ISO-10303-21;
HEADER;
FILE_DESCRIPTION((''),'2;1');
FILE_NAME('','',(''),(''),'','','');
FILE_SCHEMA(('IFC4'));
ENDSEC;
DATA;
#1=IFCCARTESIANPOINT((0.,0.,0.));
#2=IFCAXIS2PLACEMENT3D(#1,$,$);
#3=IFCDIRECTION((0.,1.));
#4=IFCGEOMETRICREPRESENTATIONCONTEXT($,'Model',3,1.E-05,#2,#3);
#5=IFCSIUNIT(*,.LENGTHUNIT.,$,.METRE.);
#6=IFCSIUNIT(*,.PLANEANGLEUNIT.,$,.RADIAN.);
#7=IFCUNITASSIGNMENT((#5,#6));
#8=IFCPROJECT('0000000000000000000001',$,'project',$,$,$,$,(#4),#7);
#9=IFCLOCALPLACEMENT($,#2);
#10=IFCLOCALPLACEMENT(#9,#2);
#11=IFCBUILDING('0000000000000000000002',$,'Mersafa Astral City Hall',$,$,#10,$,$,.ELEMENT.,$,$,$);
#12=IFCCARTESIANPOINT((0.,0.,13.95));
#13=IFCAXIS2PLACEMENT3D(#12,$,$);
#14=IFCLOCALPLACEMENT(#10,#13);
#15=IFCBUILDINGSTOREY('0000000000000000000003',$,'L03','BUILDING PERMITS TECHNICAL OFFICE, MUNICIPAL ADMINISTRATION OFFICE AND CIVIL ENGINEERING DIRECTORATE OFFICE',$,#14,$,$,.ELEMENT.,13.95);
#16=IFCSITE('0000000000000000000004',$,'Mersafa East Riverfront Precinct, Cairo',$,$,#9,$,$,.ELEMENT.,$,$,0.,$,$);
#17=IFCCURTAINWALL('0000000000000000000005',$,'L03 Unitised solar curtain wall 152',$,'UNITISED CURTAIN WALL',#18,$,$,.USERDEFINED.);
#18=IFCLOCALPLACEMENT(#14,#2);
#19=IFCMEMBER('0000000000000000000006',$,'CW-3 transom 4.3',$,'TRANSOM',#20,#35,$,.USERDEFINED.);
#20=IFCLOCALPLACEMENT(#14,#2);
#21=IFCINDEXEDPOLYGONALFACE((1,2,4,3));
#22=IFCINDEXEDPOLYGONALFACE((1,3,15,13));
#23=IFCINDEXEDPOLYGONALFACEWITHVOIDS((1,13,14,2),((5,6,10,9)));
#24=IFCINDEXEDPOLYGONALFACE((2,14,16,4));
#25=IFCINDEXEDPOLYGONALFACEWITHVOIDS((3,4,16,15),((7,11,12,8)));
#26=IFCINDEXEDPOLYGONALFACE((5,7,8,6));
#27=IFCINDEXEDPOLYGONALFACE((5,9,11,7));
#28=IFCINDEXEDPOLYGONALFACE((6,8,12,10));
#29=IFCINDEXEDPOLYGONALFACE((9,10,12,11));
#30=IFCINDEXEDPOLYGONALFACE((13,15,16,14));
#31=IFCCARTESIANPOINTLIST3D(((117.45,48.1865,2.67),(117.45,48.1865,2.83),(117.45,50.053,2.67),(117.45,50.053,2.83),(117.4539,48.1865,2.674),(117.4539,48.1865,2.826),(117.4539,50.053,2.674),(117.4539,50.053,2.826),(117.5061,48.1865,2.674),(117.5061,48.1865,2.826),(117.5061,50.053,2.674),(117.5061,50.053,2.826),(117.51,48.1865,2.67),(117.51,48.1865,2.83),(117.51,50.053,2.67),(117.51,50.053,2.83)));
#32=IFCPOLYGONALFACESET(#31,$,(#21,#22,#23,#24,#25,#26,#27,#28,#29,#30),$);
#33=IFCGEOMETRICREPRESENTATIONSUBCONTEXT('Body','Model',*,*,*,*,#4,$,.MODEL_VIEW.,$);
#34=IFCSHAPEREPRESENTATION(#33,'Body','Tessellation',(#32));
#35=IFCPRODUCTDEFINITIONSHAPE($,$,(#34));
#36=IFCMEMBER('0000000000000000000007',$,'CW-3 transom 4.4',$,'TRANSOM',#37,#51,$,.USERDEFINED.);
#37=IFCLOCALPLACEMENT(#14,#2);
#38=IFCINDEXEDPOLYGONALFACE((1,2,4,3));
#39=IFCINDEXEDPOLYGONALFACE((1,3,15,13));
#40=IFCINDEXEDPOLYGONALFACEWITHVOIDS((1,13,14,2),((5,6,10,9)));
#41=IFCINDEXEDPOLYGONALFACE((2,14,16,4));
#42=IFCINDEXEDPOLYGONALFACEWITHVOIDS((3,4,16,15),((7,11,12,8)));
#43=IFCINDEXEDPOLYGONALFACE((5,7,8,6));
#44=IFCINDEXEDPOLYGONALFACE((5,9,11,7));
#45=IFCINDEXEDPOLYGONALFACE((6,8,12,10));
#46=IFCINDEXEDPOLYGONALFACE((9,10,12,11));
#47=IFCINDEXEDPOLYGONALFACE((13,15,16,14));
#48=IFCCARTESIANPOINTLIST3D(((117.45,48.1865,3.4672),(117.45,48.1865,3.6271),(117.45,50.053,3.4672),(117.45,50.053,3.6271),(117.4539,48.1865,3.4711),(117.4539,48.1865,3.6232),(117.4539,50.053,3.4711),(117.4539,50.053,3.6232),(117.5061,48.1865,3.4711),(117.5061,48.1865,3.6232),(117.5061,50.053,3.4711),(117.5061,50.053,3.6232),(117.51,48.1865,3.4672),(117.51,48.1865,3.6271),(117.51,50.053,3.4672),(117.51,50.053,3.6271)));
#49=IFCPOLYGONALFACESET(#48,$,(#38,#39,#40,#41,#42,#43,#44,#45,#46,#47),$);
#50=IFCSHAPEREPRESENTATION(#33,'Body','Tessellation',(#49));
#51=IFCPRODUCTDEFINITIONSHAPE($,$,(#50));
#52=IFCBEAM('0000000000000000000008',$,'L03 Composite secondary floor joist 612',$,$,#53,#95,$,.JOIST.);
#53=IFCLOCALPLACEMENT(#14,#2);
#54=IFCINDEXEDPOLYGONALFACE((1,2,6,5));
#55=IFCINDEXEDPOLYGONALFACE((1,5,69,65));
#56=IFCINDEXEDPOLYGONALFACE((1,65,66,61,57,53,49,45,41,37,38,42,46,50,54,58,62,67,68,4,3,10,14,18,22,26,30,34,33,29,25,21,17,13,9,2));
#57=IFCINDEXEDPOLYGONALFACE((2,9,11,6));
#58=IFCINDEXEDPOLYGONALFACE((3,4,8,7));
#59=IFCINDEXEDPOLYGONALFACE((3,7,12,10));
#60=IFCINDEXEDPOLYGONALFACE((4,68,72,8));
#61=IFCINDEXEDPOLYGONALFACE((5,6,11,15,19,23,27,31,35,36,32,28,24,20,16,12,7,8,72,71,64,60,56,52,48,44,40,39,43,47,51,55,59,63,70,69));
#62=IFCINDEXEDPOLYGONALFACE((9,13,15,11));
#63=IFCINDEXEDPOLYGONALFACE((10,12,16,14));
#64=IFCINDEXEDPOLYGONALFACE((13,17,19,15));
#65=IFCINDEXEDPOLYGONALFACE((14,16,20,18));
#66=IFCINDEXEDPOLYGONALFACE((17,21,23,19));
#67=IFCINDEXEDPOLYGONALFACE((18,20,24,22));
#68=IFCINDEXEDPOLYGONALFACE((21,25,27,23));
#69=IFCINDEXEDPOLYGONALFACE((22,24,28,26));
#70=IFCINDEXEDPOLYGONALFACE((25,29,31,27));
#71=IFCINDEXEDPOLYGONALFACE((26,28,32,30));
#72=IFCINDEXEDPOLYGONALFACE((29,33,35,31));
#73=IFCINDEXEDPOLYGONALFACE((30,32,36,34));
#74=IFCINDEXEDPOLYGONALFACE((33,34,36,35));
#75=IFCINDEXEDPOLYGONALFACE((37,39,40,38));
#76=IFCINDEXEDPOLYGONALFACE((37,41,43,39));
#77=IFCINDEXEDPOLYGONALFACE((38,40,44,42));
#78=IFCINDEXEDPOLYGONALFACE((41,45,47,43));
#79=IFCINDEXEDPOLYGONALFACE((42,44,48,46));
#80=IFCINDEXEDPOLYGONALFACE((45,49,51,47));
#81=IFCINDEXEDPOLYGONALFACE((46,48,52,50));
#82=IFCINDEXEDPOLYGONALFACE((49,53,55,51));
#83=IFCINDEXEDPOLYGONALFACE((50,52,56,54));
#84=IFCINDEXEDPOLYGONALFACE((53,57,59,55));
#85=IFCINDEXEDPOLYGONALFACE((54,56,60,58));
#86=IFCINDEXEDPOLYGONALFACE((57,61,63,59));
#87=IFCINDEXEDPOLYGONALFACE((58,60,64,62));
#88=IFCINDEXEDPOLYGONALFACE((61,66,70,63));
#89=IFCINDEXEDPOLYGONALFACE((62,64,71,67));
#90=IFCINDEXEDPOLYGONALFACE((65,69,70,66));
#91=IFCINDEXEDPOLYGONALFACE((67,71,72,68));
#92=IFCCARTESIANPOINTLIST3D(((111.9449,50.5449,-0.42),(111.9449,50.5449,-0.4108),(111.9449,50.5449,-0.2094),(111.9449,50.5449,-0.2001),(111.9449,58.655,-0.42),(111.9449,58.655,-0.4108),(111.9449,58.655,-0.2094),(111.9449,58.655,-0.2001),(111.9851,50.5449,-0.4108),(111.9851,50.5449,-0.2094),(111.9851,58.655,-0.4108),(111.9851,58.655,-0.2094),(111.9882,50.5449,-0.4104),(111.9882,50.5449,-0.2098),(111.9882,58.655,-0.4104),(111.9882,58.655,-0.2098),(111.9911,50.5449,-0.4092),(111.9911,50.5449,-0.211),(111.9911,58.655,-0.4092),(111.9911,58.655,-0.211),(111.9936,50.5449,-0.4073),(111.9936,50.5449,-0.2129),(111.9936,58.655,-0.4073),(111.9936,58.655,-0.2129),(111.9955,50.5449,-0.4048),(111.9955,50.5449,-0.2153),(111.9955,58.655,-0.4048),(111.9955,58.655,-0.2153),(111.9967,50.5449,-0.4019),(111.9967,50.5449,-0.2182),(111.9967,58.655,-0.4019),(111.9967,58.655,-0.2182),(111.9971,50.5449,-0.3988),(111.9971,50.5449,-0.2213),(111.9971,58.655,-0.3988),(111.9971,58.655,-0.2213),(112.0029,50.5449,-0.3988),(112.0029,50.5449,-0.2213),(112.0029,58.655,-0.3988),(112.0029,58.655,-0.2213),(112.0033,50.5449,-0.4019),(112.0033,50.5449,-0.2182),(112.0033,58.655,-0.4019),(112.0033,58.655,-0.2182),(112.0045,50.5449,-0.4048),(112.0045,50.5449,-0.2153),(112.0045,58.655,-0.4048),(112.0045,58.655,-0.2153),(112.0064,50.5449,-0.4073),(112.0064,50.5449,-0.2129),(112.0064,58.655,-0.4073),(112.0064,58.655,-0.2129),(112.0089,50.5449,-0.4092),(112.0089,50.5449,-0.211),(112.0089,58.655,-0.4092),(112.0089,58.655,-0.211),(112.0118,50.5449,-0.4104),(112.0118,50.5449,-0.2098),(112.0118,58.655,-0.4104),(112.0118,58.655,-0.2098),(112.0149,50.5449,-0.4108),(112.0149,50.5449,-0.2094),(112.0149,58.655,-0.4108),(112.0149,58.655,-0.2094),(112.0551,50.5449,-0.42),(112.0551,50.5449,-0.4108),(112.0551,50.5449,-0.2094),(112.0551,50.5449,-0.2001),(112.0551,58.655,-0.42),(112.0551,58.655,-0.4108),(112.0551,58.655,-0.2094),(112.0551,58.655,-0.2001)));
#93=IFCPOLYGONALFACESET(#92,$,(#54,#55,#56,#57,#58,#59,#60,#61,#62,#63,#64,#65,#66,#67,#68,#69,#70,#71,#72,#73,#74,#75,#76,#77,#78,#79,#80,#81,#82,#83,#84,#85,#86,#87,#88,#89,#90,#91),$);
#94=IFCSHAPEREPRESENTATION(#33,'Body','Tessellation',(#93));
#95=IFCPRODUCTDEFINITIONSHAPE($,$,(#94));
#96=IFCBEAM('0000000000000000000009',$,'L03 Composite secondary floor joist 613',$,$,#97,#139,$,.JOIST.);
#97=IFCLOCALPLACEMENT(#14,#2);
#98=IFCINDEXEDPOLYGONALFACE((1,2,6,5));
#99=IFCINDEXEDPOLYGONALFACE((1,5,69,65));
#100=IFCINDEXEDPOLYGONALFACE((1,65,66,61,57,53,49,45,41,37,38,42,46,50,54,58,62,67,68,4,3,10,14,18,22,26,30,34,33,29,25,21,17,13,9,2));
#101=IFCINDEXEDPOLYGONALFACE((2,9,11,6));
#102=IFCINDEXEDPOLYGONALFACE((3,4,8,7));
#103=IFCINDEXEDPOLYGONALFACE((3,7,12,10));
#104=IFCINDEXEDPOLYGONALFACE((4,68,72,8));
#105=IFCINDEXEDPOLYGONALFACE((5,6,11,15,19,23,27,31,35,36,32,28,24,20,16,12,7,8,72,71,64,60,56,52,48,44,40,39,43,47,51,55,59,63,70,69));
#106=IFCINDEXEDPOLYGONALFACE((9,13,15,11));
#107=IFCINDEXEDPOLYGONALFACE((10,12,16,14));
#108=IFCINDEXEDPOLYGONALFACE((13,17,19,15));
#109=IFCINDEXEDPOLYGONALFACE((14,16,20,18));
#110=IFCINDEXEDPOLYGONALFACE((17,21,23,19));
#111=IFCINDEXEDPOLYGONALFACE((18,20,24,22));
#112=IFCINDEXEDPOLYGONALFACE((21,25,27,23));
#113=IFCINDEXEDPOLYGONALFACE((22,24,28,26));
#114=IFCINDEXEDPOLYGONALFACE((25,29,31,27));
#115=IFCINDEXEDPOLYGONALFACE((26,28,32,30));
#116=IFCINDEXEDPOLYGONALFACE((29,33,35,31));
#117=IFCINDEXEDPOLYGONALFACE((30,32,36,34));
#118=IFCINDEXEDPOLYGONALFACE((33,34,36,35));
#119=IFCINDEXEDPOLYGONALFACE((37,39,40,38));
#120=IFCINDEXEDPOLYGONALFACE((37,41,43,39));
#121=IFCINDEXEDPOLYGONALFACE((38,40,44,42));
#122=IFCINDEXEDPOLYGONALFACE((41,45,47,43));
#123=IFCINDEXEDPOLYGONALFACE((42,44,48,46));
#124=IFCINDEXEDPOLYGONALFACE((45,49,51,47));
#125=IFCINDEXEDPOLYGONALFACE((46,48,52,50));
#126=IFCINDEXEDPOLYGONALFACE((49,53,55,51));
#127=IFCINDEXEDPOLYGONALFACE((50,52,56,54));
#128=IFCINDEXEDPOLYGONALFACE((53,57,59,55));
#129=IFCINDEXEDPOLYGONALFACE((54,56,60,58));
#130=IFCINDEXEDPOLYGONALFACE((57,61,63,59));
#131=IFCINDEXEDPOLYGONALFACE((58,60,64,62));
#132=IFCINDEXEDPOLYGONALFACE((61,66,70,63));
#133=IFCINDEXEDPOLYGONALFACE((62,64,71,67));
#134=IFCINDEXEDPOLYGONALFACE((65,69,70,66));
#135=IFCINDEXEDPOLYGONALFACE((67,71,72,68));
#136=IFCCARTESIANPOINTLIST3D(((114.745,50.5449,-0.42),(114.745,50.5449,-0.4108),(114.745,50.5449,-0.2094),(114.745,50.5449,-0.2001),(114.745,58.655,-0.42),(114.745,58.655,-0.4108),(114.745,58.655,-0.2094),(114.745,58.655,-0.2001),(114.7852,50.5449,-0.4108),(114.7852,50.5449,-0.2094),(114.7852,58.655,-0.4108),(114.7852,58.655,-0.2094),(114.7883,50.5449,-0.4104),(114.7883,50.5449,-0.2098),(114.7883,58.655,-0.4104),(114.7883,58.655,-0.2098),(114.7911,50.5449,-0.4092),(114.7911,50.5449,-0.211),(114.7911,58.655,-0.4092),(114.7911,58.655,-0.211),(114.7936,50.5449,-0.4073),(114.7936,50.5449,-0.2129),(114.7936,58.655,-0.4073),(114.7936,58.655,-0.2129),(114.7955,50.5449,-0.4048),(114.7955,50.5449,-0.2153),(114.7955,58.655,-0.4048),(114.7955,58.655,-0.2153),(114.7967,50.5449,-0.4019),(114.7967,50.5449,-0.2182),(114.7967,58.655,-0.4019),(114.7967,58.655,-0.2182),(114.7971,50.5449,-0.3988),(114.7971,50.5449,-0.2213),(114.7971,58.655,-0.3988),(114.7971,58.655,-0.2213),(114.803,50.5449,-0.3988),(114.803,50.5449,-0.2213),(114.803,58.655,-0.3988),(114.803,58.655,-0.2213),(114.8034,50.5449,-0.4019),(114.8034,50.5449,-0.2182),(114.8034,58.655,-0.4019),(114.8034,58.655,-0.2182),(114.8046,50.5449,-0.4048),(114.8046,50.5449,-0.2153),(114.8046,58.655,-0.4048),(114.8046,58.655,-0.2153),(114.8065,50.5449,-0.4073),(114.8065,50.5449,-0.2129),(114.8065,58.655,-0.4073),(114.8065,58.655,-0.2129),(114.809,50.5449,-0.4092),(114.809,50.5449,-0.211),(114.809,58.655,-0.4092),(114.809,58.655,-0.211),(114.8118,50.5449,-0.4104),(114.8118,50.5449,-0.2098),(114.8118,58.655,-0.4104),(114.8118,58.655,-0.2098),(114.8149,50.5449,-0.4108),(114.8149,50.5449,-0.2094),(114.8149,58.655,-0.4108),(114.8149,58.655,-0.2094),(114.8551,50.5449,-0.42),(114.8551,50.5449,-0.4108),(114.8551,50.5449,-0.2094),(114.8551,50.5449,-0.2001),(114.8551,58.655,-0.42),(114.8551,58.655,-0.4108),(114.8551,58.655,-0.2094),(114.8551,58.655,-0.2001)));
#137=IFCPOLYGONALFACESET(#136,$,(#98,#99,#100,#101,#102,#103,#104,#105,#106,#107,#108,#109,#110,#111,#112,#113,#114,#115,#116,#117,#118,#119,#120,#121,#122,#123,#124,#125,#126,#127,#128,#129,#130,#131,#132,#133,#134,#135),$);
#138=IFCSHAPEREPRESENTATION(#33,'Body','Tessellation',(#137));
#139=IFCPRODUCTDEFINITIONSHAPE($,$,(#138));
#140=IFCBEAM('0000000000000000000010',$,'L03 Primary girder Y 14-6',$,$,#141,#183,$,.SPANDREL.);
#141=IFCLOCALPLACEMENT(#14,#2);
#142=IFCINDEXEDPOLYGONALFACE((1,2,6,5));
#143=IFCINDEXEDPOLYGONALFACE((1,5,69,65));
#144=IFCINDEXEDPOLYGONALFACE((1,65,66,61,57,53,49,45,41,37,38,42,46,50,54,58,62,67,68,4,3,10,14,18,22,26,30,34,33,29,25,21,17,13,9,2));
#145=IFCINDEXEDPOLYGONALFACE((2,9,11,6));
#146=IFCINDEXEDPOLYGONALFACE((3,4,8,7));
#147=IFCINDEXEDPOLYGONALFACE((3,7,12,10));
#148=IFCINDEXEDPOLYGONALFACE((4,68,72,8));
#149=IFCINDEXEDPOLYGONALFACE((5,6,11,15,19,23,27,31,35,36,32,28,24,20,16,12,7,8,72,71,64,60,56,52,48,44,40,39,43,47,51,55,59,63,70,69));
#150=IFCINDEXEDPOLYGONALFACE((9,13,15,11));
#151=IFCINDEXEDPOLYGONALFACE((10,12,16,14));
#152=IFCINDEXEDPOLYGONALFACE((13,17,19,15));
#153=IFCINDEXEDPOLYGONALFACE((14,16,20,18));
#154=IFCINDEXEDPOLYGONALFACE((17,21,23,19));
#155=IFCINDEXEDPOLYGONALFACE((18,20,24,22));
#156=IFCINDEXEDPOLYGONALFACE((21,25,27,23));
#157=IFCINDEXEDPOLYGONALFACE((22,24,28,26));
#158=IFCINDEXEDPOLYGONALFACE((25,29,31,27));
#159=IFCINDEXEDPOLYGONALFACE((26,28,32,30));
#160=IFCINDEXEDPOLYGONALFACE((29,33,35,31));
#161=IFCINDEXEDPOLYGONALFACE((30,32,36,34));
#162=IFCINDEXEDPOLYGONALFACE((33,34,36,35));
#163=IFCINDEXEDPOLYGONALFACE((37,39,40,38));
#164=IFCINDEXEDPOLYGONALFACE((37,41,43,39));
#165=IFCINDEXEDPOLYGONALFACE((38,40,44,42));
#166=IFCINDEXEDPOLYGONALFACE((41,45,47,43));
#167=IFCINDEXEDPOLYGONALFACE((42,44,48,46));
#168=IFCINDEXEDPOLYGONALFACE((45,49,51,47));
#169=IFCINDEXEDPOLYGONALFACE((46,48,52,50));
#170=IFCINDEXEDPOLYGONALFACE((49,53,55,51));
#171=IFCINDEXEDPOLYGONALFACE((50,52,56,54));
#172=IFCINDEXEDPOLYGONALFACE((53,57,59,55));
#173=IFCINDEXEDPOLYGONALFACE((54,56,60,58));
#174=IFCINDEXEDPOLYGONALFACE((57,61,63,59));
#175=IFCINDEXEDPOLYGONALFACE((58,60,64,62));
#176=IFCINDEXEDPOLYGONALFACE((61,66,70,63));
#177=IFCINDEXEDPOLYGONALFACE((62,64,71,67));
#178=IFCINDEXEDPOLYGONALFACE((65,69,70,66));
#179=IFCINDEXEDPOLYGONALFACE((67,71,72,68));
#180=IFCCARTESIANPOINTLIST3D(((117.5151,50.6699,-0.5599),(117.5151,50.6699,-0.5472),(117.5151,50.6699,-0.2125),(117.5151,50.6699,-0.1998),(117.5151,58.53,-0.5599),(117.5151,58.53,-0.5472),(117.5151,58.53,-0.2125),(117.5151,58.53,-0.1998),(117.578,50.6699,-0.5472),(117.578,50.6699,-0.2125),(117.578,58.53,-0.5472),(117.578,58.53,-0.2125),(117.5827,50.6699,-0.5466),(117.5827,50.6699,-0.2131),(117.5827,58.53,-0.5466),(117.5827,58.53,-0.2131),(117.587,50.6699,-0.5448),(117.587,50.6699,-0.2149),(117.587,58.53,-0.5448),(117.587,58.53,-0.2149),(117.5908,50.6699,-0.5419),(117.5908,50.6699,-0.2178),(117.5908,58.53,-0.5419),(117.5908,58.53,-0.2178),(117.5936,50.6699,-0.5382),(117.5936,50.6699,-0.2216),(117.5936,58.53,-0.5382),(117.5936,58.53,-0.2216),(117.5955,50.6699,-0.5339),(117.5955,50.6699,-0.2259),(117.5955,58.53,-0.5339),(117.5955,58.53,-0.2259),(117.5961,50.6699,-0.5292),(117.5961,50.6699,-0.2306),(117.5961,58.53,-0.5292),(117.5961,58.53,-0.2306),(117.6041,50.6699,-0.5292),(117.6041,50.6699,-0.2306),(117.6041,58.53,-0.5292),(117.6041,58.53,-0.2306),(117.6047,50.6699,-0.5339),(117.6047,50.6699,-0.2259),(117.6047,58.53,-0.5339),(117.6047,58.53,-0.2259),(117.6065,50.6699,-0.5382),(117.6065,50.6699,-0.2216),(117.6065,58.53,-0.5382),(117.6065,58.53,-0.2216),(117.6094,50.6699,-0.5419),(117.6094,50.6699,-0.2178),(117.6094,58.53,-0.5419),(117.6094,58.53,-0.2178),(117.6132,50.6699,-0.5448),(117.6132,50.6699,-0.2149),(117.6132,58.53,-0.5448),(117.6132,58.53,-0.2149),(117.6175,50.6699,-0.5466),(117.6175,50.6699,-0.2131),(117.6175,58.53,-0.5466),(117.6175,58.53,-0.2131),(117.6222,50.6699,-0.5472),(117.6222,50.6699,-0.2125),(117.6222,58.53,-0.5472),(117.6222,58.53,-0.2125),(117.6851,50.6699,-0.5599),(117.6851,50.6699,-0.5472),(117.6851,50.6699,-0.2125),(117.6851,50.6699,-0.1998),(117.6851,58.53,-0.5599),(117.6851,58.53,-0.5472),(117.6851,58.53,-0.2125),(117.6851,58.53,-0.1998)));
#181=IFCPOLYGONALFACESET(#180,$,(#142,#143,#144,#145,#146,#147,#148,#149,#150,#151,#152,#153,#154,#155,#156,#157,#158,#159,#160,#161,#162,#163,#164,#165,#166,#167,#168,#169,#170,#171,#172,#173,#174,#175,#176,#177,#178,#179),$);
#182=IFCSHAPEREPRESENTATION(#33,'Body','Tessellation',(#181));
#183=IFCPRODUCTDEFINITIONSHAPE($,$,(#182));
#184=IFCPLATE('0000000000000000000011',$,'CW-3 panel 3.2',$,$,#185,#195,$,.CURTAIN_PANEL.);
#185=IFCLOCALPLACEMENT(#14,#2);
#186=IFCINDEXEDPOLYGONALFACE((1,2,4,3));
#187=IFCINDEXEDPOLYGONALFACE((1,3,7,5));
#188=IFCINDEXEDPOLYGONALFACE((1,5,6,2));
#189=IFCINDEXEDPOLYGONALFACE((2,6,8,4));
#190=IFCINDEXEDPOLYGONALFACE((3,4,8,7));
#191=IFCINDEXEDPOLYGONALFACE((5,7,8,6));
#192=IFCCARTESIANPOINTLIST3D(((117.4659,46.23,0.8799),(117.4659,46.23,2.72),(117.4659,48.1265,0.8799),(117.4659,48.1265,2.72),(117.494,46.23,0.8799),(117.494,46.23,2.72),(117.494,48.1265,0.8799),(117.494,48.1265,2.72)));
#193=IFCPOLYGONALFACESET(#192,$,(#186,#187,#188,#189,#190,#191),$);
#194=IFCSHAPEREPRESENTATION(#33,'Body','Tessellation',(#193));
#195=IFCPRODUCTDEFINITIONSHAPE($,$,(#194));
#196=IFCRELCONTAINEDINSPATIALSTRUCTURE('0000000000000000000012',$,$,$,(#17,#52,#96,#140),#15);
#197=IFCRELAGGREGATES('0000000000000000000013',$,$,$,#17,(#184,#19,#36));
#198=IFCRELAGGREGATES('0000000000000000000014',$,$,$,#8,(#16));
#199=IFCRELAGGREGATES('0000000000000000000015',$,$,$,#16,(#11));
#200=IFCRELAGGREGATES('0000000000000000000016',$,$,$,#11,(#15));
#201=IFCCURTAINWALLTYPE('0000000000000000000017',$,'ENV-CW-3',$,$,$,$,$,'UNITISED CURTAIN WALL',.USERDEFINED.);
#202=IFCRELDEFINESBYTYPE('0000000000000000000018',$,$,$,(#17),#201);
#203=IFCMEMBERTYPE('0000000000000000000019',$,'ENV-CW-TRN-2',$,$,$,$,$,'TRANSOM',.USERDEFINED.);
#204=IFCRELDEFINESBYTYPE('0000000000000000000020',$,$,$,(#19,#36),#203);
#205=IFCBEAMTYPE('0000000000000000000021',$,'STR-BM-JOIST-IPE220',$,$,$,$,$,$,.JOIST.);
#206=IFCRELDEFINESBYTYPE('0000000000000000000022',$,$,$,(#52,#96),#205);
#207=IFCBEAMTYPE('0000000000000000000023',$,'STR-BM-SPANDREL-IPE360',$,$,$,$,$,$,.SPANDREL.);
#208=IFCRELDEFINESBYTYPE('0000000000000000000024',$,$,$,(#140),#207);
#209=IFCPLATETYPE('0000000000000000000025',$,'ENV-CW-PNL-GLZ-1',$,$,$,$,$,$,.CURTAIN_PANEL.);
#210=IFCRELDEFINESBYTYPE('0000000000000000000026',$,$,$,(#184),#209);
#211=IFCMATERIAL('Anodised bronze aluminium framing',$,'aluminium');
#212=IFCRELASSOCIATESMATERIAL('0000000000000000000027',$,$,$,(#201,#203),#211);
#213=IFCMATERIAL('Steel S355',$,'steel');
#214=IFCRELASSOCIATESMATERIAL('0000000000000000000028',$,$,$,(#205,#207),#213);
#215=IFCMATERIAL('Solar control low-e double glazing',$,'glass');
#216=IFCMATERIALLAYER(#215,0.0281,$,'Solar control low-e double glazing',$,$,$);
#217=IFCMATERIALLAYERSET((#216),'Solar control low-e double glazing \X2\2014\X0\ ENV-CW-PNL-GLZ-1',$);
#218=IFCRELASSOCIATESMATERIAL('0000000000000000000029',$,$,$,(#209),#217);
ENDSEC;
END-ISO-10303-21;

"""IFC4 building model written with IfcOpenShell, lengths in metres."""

from ifc_helpers import new_model, si_unit, direction, frame, origin, origin_2d, place, context, subcontext, project, spatial, rectangle, hollow_rectangle, i_section, extrude, material, layer, layer_set, material_profile, profile_set, type_object, element, aggregate, save


model = new_model("IFC4")

# Units and contexts
model_context = context("Model", 3, precision=1e-05, world=origin(), true_north=direction((0.0, 1.0)))
body_context = subcontext(model_context, "Body", "Model", "MODEL_VIEW")
ifc_project = project(units=[si_unit("LENGTHUNIT", "METRE"), si_unit("PLANEANGLEUNIT", "RADIAN")], contexts=[model_context])

# Site, building, storey
site_placement = place(None, origin())
site = spatial("IfcSite", under=ifc_project, at=site_placement, Name="Mersafa East Riverfront Precinct, Cairo", CompositionType="ELEMENT", RefElevation=0.0)
building_placement = place(site_placement, origin())
building = spatial("IfcBuilding", under=site, at=building_placement, Name="Mersafa Astral City Hall", CompositionType="ELEMENT")
storey_placement = place(building_placement, frame((0.0, 0.0, 13.95)))
storey = spatial("IfcBuildingStorey", under=building, at=storey_placement, Name="L03", Description="BUILDING PERMITS TECHNICAL OFFICE, MUNICIPAL ADMINISTRATION OFFICE AND CIVIL ENGINEERING DIRECTORATE OFFICE", CompositionType="ELEMENT", Elevation=13.95)

# Shared definitions
ifc_material_1 = material(Name="Steel S355", Category="steel")

# Curtain wall
ifc_material_2 = material(Name="Anodised bronze aluminium framing", Category="aluminium")
curtain_wall_type_1 = type_object("IfcCurtainWallType", Name="ENV-CW-3", ElementType="UNITISED CURTAIN WALL", PredefinedType="USERDEFINED", material=ifc_material_2)
curtain_wall_1_placement = place(storey_placement, origin())
curtain_wall_1 = element("IfcCurtainWall", 1, at=curtain_wall_1_placement, inside=storey, type_object=curtain_wall_type_1, Name="L03 Unitised solar curtain wall 152", ObjectType="UNITISED CURTAIN WALL", PredefinedType="USERDEFINED")

# Members
ifc_material_profile_1 = material_profile(ifc_material_2, hollow_rectangle(XDim=0.0601, YDim=0.1599, WallThickness=0.0039, at=origin_2d()), Name="RHS 60x160x4")
ifc_profile_set_1 = profile_set([ifc_material_profile_1], Name="Anodised bronze aluminium framing")
member_type_1 = type_object("IfcMemberType", Name="ENV-CW-TRN-2", ElementType="TRANSOM", PredefinedType="USERDEFINED", material=ifc_profile_set_1)
member_1_placement = place(storey_placement, frame((117.48, 48.1865, 2.75), z_axis=(0.0, 1.0, 0.0), x_axis=(-1.0, 0.0, 0.0)))
member_1 = element("IfcMember", 2, at=member_1_placement, type_object=member_type_1, Name="CW-3 transom 4.3", ObjectType="TRANSOM", PredefinedType="USERDEFINED", context=body_context, shape_type="SweptSolid", body=[
    extrude(hollow_rectangle(XDim=0.0601, YDim=0.1599, WallThickness=0.0039, at=origin_2d()), origin(), (0.0, 0.0, 1.0), 1.8665),
])
member_2_placement = place(storey_placement, frame((117.48, 48.1865, 3.5471), z_axis=(0.0, 1.0, 0.0), x_axis=(-1.0, 0.0, 0.0)))
member_2 = element("IfcMember", 3, at=member_2_placement, type_object=member_type_1, Name="CW-3 transom 4.4", ObjectType="TRANSOM", PredefinedType="USERDEFINED", context=body_context, shape_type="SweptSolid", body=[
    extrude(hollow_rectangle(XDim=0.0601, YDim=0.1599, WallThickness=0.0039, at=origin_2d()), origin(), (0.0, 0.0, 1.0), 1.8665),
])

# Beams
ifc_material_profile_2 = material_profile(ifc_material_1, i_section(OverallWidth=0.1101, OverallDepth=0.22, WebThickness=0.0059, FlangeThickness=0.0093, FilletRadius=0.012, at=origin_2d()), Name="IPE 220")
ifc_profile_set_2 = profile_set([ifc_material_profile_2], Name="Steel S355")
beam_type_1 = type_object("IfcBeamType", Name="STR-BM-JOIST-IPE220", PredefinedType="JOIST", material=ifc_profile_set_2)
for number, where, z_axis, x_axis, name in (
    (4, (112.0, 50.5449, -0.3101), (0.0, 1.0, 0.0), (-1.0, 0.0, 0.0), "L03 Composite secondary floor joist 612"),
    (5, (114.8, 50.5449, -0.3101), (0.0, 1.0, 0.0), (-1.0, 0.0, 0.0), "L03 Composite secondary floor joist 613"),
):
    element("IfcBeam", number, at=place(storey_placement, frame(where, z_axis=z_axis, x_axis=x_axis)), inside=storey, type_object=beam_type_1, Name=name, PredefinedType="JOIST", context=body_context, shape_type="SweptSolid", body=[
        extrude(i_section(OverallWidth=0.1101, OverallDepth=0.22, WebThickness=0.0059, FlangeThickness=0.0093, FilletRadius=0.012, at=origin_2d()), origin(), (0.0, 0.0, 1.0), 8.1101),
    ])
ifc_material_profile_3 = material_profile(ifc_material_1, i_section(OverallWidth=0.1699, OverallDepth=0.3601, WebThickness=0.0081, FlangeThickness=0.0127, FilletRadius=0.0181, at=origin_2d()), Name="IPE 360")
ifc_profile_set_3 = profile_set([ifc_material_profile_3], Name="Steel S355")
beam_type_2 = type_object("IfcBeamType", Name="STR-BM-SPANDREL-IPE360", PredefinedType="SPANDREL", material=ifc_profile_set_3)
beam_placement = place(storey_placement, frame((117.6001, 50.6699, -0.3799), z_axis=(0.0, 1.0, 0.0), x_axis=(-1.0, 0.0, 0.0)))
element("IfcBeam", 6, at=beam_placement, inside=storey, type_object=beam_type_2, Name="L03 Primary girder Y 14-6", PredefinedType="SPANDREL", context=body_context, shape_type="SweptSolid", body=[
    extrude(i_section(OverallWidth=0.1699, OverallDepth=0.3601, WebThickness=0.0081, FlangeThickness=0.0127, FilletRadius=0.0181, at=origin_2d()), origin(), (0.0, 0.0, 1.0), 7.8601),
])

# Plate
ifc_material_3 = material(Name="Solar control low-e double glazing", Category="glass")
ifc_layer = layer(ifc_material_3, 0.0281, Name="Solar control low-e double glazing")
ifc_layer_set = layer_set([ifc_layer], Name="Solar control low-e double glazing — ENV-CW-PNL-GLZ-1")
plate_type = type_object("IfcPlateType", Name="ENV-CW-PNL-GLZ-1", PredefinedType="CURTAIN_PANEL", material=ifc_layer_set)
plate_1_placement = place(storey_placement, frame((117.48, 47.1782, 0.8799), z_axis=(0.0, 0.0, 1.0), x_axis=(0.0, 1.0, 0.0)))
plate_1 = element("IfcPlate", 7, at=plate_1_placement, type_object=plate_type, Name="CW-3 panel 3.2", PredefinedType="CURTAIN_PANEL", context=body_context, shape_type="SweptSolid", body=[
    extrude(rectangle(XDim=1.8965, YDim=0.0281, at=origin_2d()), origin(), (0.0, 0.0, 1.0), 1.8401),
])
aggregate(curtain_wall_1, [plate_1, member_1, member_2])

save(model, "model.ifc")
